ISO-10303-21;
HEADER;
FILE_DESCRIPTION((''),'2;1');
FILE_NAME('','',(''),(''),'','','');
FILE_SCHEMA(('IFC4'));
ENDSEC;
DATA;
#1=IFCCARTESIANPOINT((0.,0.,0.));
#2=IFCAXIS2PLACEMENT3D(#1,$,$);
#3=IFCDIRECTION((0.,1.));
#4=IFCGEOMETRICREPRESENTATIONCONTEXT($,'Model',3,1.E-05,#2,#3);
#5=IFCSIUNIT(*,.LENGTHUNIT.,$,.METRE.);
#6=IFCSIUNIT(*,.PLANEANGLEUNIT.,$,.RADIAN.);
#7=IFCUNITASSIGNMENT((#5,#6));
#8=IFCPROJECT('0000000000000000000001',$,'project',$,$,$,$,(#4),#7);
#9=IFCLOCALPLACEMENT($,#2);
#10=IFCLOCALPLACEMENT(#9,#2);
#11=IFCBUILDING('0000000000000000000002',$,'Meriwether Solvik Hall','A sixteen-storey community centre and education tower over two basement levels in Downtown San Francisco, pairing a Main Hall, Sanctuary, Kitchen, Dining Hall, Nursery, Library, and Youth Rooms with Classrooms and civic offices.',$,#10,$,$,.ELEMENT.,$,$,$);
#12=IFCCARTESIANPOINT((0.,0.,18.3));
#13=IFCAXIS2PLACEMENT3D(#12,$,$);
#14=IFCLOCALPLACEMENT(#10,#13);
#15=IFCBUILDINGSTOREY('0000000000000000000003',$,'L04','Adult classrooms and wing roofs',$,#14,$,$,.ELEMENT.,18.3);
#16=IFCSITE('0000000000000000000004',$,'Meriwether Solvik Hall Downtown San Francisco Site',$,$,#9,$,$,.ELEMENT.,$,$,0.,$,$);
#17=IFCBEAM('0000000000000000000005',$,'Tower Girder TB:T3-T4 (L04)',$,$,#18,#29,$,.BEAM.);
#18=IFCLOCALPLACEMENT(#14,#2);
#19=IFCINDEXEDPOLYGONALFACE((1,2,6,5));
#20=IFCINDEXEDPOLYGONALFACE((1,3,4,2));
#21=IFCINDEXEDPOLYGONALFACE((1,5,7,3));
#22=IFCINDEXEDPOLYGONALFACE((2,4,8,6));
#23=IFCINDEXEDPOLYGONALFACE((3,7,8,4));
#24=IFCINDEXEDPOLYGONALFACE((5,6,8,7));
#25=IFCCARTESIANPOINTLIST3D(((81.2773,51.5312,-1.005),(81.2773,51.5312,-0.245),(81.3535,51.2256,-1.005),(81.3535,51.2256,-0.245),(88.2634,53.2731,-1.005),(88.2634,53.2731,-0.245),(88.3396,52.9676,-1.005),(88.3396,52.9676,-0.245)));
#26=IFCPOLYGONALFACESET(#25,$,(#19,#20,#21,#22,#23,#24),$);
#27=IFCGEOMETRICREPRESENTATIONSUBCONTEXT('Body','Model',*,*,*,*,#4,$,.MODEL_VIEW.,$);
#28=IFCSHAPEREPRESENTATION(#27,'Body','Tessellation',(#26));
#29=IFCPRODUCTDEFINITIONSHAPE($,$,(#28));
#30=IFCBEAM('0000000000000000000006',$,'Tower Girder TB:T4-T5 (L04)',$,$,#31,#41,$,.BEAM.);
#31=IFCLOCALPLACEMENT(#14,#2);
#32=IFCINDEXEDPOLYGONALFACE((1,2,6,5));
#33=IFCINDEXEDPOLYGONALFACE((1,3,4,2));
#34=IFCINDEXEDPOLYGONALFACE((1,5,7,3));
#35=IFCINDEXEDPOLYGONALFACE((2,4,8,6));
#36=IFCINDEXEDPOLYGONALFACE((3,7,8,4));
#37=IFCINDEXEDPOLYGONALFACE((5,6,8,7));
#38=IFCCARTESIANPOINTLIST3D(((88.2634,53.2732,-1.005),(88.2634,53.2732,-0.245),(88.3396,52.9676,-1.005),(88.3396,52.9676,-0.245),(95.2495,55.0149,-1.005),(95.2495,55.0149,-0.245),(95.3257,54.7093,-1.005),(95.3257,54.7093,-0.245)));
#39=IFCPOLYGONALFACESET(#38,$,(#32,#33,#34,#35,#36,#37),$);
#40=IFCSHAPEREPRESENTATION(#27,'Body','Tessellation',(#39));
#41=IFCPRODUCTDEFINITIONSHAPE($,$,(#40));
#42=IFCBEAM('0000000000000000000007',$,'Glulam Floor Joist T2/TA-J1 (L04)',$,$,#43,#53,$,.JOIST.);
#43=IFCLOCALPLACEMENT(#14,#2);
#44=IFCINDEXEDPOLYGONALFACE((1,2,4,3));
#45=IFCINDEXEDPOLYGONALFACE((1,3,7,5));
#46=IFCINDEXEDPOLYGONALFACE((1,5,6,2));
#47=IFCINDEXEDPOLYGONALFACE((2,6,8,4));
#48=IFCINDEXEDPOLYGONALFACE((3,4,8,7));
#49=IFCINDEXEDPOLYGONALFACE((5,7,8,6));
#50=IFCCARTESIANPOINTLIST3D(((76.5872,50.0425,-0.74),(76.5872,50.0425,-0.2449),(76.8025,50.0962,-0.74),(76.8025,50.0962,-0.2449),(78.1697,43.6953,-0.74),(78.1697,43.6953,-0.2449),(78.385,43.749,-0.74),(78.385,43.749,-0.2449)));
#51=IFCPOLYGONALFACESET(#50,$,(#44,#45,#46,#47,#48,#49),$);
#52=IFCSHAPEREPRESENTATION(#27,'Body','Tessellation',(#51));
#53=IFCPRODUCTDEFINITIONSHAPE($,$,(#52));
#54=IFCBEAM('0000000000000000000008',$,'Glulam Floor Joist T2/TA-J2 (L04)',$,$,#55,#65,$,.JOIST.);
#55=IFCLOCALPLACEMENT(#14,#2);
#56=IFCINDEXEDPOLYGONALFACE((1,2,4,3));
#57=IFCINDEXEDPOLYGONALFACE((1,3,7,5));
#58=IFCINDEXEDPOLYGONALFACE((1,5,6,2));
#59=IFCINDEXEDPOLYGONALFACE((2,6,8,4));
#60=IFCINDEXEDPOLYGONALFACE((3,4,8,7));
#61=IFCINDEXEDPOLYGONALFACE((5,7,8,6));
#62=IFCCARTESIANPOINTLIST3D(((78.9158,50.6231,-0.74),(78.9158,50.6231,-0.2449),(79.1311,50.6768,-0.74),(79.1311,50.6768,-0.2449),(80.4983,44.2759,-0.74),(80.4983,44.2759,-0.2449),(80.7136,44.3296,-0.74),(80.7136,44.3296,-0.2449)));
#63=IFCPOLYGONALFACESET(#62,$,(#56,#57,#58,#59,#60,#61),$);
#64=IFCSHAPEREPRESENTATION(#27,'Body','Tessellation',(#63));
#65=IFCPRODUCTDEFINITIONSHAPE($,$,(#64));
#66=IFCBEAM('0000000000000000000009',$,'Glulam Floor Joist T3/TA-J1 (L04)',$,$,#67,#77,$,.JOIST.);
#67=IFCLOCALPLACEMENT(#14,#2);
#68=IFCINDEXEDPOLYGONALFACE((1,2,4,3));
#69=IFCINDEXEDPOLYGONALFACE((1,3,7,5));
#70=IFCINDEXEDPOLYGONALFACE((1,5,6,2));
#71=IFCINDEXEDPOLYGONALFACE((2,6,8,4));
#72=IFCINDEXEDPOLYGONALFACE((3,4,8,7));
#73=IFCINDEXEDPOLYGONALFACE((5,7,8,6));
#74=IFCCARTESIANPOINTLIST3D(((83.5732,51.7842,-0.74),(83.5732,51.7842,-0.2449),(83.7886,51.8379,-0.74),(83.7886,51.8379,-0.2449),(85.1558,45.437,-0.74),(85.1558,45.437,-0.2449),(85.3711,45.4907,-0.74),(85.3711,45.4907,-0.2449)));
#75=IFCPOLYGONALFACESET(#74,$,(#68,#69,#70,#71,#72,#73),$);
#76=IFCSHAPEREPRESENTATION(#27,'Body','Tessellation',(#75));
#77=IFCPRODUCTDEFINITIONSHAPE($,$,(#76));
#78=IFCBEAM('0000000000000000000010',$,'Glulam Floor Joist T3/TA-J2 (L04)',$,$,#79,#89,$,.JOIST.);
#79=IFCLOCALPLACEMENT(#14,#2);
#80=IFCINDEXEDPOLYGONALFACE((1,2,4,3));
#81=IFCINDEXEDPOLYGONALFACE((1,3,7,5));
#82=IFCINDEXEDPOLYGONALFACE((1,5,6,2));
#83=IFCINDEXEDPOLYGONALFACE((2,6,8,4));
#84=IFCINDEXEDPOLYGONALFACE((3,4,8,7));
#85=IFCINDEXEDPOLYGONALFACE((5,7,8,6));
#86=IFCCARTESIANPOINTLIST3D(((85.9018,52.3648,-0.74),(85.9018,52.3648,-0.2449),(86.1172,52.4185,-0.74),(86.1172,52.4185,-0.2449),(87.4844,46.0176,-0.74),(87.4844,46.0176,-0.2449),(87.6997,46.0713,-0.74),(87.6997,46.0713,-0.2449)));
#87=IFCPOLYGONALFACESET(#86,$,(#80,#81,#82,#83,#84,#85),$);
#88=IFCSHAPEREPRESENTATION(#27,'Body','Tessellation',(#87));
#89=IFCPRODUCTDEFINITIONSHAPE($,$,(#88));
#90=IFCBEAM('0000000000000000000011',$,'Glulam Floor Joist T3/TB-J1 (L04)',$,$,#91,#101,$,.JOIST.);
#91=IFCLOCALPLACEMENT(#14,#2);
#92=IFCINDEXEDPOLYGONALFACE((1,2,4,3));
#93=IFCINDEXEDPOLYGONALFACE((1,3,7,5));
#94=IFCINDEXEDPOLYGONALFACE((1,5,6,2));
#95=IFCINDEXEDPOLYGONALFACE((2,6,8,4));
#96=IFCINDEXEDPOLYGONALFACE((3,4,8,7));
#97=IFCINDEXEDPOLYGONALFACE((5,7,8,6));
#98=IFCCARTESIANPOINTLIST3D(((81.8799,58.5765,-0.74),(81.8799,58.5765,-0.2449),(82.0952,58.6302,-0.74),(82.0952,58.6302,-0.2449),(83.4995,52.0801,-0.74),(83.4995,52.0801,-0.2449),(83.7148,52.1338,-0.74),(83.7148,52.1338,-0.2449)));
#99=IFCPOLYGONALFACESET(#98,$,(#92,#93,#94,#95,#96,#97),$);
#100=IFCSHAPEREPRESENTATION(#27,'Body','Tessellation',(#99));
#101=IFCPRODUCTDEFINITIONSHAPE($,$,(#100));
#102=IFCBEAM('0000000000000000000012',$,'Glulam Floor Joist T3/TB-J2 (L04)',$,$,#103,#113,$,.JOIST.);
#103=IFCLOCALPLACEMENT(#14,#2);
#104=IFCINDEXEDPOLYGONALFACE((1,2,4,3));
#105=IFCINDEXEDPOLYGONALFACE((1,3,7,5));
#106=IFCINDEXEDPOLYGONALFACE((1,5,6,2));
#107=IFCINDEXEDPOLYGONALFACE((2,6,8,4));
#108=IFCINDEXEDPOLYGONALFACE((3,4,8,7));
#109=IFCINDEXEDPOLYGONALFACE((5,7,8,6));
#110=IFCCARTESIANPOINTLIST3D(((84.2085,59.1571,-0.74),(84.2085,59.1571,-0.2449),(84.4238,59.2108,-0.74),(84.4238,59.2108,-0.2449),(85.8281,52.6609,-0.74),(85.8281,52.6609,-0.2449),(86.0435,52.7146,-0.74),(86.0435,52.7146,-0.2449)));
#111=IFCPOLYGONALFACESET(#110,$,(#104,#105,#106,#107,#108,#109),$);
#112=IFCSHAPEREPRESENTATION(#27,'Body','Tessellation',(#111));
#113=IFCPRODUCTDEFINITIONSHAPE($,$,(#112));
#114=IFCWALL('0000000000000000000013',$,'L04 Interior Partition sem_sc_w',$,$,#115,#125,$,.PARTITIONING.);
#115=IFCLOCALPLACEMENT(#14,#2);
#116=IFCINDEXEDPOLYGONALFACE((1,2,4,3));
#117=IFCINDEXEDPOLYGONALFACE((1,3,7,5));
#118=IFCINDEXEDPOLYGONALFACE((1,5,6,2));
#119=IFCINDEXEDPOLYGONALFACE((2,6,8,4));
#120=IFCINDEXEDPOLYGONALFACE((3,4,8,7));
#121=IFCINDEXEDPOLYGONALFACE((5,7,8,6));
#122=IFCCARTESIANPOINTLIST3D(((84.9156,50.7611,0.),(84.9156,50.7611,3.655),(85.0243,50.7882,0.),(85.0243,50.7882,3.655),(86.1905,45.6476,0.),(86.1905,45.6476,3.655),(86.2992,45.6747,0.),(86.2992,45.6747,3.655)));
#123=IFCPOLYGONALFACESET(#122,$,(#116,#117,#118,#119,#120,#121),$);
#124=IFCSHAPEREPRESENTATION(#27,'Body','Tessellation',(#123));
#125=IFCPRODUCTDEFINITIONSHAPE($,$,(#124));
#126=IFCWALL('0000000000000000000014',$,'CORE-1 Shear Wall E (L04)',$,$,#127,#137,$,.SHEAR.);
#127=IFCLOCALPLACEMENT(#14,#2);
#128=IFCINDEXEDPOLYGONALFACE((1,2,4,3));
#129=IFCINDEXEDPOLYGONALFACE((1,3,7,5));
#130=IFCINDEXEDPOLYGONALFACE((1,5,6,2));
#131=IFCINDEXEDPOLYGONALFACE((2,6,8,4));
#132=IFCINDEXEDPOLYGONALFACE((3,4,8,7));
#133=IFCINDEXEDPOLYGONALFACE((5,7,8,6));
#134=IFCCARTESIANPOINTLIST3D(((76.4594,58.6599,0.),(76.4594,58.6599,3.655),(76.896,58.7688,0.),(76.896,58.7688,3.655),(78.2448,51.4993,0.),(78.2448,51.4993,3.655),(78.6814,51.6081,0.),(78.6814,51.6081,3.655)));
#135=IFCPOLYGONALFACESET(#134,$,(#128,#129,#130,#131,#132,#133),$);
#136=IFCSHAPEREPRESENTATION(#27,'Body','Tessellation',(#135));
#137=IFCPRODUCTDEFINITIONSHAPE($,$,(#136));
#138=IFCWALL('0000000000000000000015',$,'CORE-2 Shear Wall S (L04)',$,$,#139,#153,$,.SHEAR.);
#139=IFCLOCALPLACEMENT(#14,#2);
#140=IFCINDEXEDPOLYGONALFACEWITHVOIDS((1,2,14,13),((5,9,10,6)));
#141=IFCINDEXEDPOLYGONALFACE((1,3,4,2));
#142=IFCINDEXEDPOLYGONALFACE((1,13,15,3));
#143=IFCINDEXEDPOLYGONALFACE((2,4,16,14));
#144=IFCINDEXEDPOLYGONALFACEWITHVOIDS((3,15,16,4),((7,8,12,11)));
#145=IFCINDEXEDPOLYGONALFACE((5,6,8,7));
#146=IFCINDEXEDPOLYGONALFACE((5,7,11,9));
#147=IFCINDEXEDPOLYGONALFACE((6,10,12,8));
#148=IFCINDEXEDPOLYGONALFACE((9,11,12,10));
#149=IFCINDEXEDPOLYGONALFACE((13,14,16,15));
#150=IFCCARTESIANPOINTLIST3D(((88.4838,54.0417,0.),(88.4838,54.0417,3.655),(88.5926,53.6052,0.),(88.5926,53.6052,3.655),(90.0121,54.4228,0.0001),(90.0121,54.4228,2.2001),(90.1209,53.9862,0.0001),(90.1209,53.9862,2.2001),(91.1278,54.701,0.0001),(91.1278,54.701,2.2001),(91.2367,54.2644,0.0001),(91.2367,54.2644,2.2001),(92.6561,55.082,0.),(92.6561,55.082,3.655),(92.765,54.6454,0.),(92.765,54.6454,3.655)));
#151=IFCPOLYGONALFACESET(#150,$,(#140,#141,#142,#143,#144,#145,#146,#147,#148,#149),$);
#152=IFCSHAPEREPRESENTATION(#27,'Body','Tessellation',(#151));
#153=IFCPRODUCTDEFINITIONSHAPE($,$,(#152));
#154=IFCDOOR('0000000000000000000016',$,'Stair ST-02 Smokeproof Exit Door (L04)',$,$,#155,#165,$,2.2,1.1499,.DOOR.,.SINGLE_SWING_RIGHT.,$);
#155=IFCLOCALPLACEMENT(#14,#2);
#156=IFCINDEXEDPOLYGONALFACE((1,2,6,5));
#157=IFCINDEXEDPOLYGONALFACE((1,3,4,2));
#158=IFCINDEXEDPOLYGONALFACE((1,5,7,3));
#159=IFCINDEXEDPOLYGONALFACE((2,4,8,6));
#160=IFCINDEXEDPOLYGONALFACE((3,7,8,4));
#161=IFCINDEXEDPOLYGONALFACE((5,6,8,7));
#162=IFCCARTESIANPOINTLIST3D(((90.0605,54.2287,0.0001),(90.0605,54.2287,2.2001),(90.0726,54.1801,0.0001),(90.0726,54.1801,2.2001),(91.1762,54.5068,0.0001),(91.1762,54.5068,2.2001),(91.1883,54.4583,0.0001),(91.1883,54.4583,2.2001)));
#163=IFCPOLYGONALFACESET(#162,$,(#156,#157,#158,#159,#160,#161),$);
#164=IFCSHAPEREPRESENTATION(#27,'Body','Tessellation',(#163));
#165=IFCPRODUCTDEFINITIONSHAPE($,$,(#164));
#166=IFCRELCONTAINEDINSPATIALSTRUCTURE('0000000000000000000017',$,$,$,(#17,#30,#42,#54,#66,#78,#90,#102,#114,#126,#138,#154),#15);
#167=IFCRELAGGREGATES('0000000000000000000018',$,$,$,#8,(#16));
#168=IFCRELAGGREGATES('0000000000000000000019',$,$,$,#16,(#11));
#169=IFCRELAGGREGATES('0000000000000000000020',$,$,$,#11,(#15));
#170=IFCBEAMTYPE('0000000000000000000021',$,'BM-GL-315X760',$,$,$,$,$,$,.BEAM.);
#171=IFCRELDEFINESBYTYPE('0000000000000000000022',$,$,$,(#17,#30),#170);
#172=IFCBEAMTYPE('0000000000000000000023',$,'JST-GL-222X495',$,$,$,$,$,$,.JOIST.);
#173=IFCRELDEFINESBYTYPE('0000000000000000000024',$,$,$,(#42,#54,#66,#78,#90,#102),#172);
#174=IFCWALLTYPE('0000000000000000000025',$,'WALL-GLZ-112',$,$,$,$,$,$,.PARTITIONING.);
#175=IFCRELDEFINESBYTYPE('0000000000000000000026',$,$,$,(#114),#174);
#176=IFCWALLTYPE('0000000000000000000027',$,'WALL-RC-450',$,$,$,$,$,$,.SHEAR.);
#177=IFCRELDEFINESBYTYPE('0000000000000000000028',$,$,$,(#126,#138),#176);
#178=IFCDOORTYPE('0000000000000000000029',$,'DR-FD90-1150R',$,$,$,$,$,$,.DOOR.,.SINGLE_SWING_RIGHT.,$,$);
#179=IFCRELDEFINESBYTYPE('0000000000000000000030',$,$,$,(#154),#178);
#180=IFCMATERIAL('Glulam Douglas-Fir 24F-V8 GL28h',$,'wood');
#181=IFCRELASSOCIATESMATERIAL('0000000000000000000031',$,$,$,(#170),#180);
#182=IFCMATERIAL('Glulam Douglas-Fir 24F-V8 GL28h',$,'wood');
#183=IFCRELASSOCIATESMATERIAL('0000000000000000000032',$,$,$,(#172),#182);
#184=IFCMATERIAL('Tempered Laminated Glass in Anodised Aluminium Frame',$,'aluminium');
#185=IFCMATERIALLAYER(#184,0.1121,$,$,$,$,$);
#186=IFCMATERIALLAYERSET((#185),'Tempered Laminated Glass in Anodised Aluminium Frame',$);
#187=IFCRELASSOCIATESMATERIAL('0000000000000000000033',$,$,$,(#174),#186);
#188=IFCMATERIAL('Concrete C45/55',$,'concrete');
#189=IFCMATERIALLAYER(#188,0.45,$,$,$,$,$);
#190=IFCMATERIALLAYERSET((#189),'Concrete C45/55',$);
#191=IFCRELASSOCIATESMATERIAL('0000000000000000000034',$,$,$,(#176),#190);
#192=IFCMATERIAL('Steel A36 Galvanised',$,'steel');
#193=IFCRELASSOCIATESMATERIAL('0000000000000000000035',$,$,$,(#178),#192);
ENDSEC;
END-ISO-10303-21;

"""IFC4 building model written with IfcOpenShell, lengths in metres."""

from ifc_helpers import new_model, si_unit, direction, frame, frame_2d, origin, origin_2d, place, context, subcontext, project, spatial, rectangle, extrude, material, layer, layer_set, material_profile, profile_set, type_object, element, fill, save


model = new_model("IFC4")

# Units and contexts
model_context = context("Model", 3, precision=1e-05, world=origin(), true_north=direction((0.0, 1.0)))
body_context = subcontext(model_context, "Body", "Model", "MODEL_VIEW")
ifc_project = project(units=[si_unit("LENGTHUNIT", "METRE"), si_unit("PLANEANGLEUNIT", "RADIAN")], contexts=[model_context])

# Site, building, storey
site_placement = place(None, origin())
site = spatial("IfcSite", under=ifc_project, at=site_placement, Name="Meriwether Solvik Hall Downtown San Francisco Site", CompositionType="ELEMENT", RefElevation=0.0)
building_placement = place(site_placement, origin())
building = spatial("IfcBuilding", under=site, at=building_placement, Name="Meriwether Solvik Hall", Description="A sixteen-storey community centre and education tower over two basement levels in Downtown San Francisco, pairing a Main Hall, Sanctuary, Kitchen, Dining Hall, Nursery, Library, and Youth Rooms with Classrooms and civic offices.", CompositionType="ELEMENT")
storey_placement = place(building_placement, frame((0.0, 0.0, 18.3)))
storey = spatial("IfcBuildingStorey", under=building, at=storey_placement, Name="L04", Description="Adult classrooms and wing roofs", CompositionType="ELEMENT", Elevation=18.3)

# Beams
ifc_material_1 = material(Name="Glulam Douglas-Fir 24F-V8 GL28h", Category="wood")
ifc_material_profile_1 = material_profile(ifc_material_1, rectangle(XDim=0.3149, YDim=0.76, at=origin_2d()), Name="GLB-315X760")
ifc_profile_set_1 = profile_set([ifc_material_profile_1], Name="Glulam Douglas-Fir 24F-V8 GL28h")
beam_type_1 = type_object("IfcBeamType", Name="BM-GL-315X760", PredefinedType="BEAM", material=ifc_profile_set_1)
for number, where, z_axis, x_axis, name in (
    (1, (81.3154, 51.3784, -0.625), (0.970292, 0.241937, 0.0), (-0.241937, 0.970292, 0.0), "Tower Girder TB:T3-T4 (L04)"),
    (2, (88.3015, 53.1204, -0.625), (0.9703, 0.241905, 0.0), (-0.241905, 0.9703, 0.0), "Tower Girder TB:T4-T5 (L04)"),
):
    element("IfcBeam", number, at=place(storey_placement, frame(where, z_axis=z_axis, x_axis=x_axis)), inside=storey, type_object=beam_type_1, Name=name, PredefinedType="BEAM", context=body_context, shape_type="SweptSolid", body=[
        extrude(rectangle(XDim=0.3149, YDim=0.76, at=origin_2d()), origin(), (0.0, 0.0, 1.0), 7.2),
    ])
ifc_material_2 = material(Name="Glulam Douglas-Fir 24F-V8 GL28h", Category="wood")
ifc_material_profile_2 = material_profile(ifc_material_2, rectangle(XDim=0.2219, YDim=0.4951, at=origin_2d()), Name="GLJ-222X495")
ifc_profile_set_2 = profile_set([ifc_material_profile_2], Name="Glulam Douglas-Fir 24F-V8 GL28h")
beam_type_2 = type_object("IfcBeamType", Name="JST-GL-222X495", PredefinedType="JOIST", material=ifc_profile_set_2)
for number, where, z_axis, x_axis, name in (
    (3, (78.2773, 43.7222, -0.4924), (-0.241921, 0.970296, 0.0), (-0.970296, -0.241921, 0.0), "Glulam Floor Joist T2/TA-J1 (L04)"),
    (4, (80.606, 44.3027, -0.4924), (-0.241921, 0.970296, 0.0), (-0.970296, -0.241921, 0.0), "Glulam Floor Joist T2/TA-J2 (L04)"),
    (5, (85.2634, 45.4639, -0.4924), (-0.241921, 0.970296, 0.0), (-0.970296, -0.241921, 0.0), "Glulam Floor Joist T3/TA-J1 (L04)"),
    (6, (87.592, 46.0444, -0.4924), (-0.241921, 0.970296, 0.0), (-0.970296, -0.241921, 0.0), "Glulam Floor Joist T3/TA-J2 (L04)"),
):
    element("IfcBeam", number, at=place(storey_placement, frame(where, z_axis=z_axis, x_axis=x_axis)), inside=storey, type_object=beam_type_2, Name=name, PredefinedType="JOIST", context=body_context, shape_type="SweptSolid", body=[
        extrude(rectangle(XDim=0.2219, YDim=0.4951, at=origin_2d()), origin(), (0.0, 0.0, 1.0), 6.5415),
    ])
beam_1_placement = place(storey_placement, frame((83.6072, 52.1069, -0.4924), z_axis=(-0.241909, 0.970299, 0.0), x_axis=(-0.970299, -0.241909, 0.0)))
element("IfcBeam", 7, at=beam_1_placement, inside=storey, type_object=beam_type_2, Name="Glulam Floor Joist T3/TB-J1 (L04)", PredefinedType="JOIST", context=body_context, shape_type="SweptSolid", body=[
    extrude(rectangle(XDim=0.2219, YDim=0.4951, at=origin_2d()), origin(), (0.0, 0.0, 1.0), 6.6953),
])
beam_2_placement = place(storey_placement, frame((85.9358, 52.6877, -0.4924), z_axis=(-0.241918, 0.970297, 0.0), x_axis=(-0.970297, -0.241918, 0.0)))
element("IfcBeam", 8, at=beam_2_placement, inside=storey, type_object=beam_type_2, Name="Glulam Floor Joist T3/TB-J2 (L04)", PredefinedType="JOIST", context=body_context, shape_type="SweptSolid", body=[
    extrude(rectangle(XDim=0.2219, YDim=0.4951, at=origin_2d()), origin(), (0.0, 0.0, 1.0), 6.6951),
])

# Walls
ifc_material_3 = material(Name="Tempered Laminated Glass in Anodised Aluminium Frame", Category="aluminium")
ifc_layer_1 = layer(ifc_material_3, 0.1121)
ifc_layer_set_1 = layer_set([ifc_layer_1], Name="Tempered Laminated Glass in Anodised Aluminium Frame")
wall_type_1 = type_object("IfcWallType", Name="WALL-GLZ-112", PredefinedType="PARTITIONING", material=ifc_layer_set_1)
wall_1_placement = place(storey_placement, frame((84.97, 50.7747, 0.0), z_axis=(0.0, 0.0, 1.0), x_axis=(0.241914, -0.970298, 0.0)))
element("IfcWall", 9, at=wall_1_placement, inside=storey, type_object=wall_type_1, Name="L04 Interior Partition sem_sc_w", PredefinedType="PARTITIONING", context=body_context, shape_type="SweptSolid", body=[
    extrude(rectangle(XDim=5.27, YDim=0.1121, at=frame_2d((2.635, 0.0))), origin(), (0.0, 0.0, 1.0), 3.655),
])
ifc_material_4 = material(Name="Concrete C45/55", Category="concrete")
ifc_layer_2 = layer(ifc_material_4, 0.45)
ifc_layer_set_2 = layer_set([ifc_layer_2], Name="Concrete C45/55")
wall_type_2 = type_object("IfcWallType", Name="WALL-RC-450", PredefinedType="SHEAR", material=ifc_layer_set_2)
wall_2_placement = place(storey_placement, frame((78.4631, 51.5537, 0.0), z_axis=(0.0, 0.0, 1.0), x_axis=(-0.241928, 0.970294, 0.0)))
element("IfcWall", 10, at=wall_2_placement, inside=storey, type_object=wall_type_2, Name="CORE-1 Shear Wall E (L04)", PredefinedType="SHEAR", context=body_context, shape_type="SweptSolid", body=[
    extrude(rectangle(XDim=7.3799, YDim=0.45, at=frame_2d((3.6899, 0.0))), origin(), (0.0, 0.0, 1.0), 3.655),
])

# Wall, opening, door
wall_3_placement = place(storey_placement, frame((88.5383, 53.8235, 0.0), z_axis=(0.0, 0.0, 1.0), x_axis=(0.970296, 0.241921, 0.0)))
wall_3 = element("IfcWall", 11, at=wall_3_placement, inside=storey, type_object=wall_type_2, Name="CORE-2 Shear Wall S (L04)", PredefinedType="SHEAR", context=body_context, shape_type="SweptSolid", body=[
    extrude(rectangle(XDim=4.3, YDim=0.45, at=frame_2d((2.1499, 0.0))), origin(), (0.0, 0.0, 1.0), 3.655),
])
opening_placement = place(wall_3_placement, frame((1.575, 0.0, 0.0)))
opening = element("IfcOpeningElement", 12, at=opening_placement, cuts=wall_3, PredefinedType="OPENING", context=body_context, shape_type="SweptSolid", body=[
    extrude(rectangle(XDim=1.1499, YDim=2.2, at=frame_2d((0.575, 1.1001))), frame((0.0, 0.2368, 0.0), z_axis=(0.0, -1.0, 0.0), x_axis=(1.0, 0.0, 0.0)), (0.0, 0.0, 1.0), 0.4739),
])
ifc_material_5 = material(Name="Steel A36 Galvanised", Category="steel")
door_type = type_object("IfcDoorType", Name="DR-FD90-1150R", OperationType="SINGLE_SWING_RIGHT", PredefinedType="DOOR", material=ifc_material_5)
door_placement = place(opening_placement, origin())
door = element("IfcDoor", 13, at=door_placement, inside=storey, type_object=door_type, Name="Stair ST-02 Smokeproof Exit Door (L04)", OperationType="SINGLE_SWING_RIGHT", OverallHeight=2.2, OverallWidth=1.1499, PredefinedType="DOOR", context=body_context, shape_type="SweptSolid", body=[
    extrude(rectangle(XDim=1.1499, YDim=2.2, at=frame_2d((0.575, 1.1001))), frame((0.0, 0.0249, 0.0), z_axis=(0.0, -1.0, 0.0), x_axis=(1.0, 0.0, 0.0)), (0.0, 0.0, 1.0), 0.05),
])
fill(opening, door)

save(model, "model.ifc")
